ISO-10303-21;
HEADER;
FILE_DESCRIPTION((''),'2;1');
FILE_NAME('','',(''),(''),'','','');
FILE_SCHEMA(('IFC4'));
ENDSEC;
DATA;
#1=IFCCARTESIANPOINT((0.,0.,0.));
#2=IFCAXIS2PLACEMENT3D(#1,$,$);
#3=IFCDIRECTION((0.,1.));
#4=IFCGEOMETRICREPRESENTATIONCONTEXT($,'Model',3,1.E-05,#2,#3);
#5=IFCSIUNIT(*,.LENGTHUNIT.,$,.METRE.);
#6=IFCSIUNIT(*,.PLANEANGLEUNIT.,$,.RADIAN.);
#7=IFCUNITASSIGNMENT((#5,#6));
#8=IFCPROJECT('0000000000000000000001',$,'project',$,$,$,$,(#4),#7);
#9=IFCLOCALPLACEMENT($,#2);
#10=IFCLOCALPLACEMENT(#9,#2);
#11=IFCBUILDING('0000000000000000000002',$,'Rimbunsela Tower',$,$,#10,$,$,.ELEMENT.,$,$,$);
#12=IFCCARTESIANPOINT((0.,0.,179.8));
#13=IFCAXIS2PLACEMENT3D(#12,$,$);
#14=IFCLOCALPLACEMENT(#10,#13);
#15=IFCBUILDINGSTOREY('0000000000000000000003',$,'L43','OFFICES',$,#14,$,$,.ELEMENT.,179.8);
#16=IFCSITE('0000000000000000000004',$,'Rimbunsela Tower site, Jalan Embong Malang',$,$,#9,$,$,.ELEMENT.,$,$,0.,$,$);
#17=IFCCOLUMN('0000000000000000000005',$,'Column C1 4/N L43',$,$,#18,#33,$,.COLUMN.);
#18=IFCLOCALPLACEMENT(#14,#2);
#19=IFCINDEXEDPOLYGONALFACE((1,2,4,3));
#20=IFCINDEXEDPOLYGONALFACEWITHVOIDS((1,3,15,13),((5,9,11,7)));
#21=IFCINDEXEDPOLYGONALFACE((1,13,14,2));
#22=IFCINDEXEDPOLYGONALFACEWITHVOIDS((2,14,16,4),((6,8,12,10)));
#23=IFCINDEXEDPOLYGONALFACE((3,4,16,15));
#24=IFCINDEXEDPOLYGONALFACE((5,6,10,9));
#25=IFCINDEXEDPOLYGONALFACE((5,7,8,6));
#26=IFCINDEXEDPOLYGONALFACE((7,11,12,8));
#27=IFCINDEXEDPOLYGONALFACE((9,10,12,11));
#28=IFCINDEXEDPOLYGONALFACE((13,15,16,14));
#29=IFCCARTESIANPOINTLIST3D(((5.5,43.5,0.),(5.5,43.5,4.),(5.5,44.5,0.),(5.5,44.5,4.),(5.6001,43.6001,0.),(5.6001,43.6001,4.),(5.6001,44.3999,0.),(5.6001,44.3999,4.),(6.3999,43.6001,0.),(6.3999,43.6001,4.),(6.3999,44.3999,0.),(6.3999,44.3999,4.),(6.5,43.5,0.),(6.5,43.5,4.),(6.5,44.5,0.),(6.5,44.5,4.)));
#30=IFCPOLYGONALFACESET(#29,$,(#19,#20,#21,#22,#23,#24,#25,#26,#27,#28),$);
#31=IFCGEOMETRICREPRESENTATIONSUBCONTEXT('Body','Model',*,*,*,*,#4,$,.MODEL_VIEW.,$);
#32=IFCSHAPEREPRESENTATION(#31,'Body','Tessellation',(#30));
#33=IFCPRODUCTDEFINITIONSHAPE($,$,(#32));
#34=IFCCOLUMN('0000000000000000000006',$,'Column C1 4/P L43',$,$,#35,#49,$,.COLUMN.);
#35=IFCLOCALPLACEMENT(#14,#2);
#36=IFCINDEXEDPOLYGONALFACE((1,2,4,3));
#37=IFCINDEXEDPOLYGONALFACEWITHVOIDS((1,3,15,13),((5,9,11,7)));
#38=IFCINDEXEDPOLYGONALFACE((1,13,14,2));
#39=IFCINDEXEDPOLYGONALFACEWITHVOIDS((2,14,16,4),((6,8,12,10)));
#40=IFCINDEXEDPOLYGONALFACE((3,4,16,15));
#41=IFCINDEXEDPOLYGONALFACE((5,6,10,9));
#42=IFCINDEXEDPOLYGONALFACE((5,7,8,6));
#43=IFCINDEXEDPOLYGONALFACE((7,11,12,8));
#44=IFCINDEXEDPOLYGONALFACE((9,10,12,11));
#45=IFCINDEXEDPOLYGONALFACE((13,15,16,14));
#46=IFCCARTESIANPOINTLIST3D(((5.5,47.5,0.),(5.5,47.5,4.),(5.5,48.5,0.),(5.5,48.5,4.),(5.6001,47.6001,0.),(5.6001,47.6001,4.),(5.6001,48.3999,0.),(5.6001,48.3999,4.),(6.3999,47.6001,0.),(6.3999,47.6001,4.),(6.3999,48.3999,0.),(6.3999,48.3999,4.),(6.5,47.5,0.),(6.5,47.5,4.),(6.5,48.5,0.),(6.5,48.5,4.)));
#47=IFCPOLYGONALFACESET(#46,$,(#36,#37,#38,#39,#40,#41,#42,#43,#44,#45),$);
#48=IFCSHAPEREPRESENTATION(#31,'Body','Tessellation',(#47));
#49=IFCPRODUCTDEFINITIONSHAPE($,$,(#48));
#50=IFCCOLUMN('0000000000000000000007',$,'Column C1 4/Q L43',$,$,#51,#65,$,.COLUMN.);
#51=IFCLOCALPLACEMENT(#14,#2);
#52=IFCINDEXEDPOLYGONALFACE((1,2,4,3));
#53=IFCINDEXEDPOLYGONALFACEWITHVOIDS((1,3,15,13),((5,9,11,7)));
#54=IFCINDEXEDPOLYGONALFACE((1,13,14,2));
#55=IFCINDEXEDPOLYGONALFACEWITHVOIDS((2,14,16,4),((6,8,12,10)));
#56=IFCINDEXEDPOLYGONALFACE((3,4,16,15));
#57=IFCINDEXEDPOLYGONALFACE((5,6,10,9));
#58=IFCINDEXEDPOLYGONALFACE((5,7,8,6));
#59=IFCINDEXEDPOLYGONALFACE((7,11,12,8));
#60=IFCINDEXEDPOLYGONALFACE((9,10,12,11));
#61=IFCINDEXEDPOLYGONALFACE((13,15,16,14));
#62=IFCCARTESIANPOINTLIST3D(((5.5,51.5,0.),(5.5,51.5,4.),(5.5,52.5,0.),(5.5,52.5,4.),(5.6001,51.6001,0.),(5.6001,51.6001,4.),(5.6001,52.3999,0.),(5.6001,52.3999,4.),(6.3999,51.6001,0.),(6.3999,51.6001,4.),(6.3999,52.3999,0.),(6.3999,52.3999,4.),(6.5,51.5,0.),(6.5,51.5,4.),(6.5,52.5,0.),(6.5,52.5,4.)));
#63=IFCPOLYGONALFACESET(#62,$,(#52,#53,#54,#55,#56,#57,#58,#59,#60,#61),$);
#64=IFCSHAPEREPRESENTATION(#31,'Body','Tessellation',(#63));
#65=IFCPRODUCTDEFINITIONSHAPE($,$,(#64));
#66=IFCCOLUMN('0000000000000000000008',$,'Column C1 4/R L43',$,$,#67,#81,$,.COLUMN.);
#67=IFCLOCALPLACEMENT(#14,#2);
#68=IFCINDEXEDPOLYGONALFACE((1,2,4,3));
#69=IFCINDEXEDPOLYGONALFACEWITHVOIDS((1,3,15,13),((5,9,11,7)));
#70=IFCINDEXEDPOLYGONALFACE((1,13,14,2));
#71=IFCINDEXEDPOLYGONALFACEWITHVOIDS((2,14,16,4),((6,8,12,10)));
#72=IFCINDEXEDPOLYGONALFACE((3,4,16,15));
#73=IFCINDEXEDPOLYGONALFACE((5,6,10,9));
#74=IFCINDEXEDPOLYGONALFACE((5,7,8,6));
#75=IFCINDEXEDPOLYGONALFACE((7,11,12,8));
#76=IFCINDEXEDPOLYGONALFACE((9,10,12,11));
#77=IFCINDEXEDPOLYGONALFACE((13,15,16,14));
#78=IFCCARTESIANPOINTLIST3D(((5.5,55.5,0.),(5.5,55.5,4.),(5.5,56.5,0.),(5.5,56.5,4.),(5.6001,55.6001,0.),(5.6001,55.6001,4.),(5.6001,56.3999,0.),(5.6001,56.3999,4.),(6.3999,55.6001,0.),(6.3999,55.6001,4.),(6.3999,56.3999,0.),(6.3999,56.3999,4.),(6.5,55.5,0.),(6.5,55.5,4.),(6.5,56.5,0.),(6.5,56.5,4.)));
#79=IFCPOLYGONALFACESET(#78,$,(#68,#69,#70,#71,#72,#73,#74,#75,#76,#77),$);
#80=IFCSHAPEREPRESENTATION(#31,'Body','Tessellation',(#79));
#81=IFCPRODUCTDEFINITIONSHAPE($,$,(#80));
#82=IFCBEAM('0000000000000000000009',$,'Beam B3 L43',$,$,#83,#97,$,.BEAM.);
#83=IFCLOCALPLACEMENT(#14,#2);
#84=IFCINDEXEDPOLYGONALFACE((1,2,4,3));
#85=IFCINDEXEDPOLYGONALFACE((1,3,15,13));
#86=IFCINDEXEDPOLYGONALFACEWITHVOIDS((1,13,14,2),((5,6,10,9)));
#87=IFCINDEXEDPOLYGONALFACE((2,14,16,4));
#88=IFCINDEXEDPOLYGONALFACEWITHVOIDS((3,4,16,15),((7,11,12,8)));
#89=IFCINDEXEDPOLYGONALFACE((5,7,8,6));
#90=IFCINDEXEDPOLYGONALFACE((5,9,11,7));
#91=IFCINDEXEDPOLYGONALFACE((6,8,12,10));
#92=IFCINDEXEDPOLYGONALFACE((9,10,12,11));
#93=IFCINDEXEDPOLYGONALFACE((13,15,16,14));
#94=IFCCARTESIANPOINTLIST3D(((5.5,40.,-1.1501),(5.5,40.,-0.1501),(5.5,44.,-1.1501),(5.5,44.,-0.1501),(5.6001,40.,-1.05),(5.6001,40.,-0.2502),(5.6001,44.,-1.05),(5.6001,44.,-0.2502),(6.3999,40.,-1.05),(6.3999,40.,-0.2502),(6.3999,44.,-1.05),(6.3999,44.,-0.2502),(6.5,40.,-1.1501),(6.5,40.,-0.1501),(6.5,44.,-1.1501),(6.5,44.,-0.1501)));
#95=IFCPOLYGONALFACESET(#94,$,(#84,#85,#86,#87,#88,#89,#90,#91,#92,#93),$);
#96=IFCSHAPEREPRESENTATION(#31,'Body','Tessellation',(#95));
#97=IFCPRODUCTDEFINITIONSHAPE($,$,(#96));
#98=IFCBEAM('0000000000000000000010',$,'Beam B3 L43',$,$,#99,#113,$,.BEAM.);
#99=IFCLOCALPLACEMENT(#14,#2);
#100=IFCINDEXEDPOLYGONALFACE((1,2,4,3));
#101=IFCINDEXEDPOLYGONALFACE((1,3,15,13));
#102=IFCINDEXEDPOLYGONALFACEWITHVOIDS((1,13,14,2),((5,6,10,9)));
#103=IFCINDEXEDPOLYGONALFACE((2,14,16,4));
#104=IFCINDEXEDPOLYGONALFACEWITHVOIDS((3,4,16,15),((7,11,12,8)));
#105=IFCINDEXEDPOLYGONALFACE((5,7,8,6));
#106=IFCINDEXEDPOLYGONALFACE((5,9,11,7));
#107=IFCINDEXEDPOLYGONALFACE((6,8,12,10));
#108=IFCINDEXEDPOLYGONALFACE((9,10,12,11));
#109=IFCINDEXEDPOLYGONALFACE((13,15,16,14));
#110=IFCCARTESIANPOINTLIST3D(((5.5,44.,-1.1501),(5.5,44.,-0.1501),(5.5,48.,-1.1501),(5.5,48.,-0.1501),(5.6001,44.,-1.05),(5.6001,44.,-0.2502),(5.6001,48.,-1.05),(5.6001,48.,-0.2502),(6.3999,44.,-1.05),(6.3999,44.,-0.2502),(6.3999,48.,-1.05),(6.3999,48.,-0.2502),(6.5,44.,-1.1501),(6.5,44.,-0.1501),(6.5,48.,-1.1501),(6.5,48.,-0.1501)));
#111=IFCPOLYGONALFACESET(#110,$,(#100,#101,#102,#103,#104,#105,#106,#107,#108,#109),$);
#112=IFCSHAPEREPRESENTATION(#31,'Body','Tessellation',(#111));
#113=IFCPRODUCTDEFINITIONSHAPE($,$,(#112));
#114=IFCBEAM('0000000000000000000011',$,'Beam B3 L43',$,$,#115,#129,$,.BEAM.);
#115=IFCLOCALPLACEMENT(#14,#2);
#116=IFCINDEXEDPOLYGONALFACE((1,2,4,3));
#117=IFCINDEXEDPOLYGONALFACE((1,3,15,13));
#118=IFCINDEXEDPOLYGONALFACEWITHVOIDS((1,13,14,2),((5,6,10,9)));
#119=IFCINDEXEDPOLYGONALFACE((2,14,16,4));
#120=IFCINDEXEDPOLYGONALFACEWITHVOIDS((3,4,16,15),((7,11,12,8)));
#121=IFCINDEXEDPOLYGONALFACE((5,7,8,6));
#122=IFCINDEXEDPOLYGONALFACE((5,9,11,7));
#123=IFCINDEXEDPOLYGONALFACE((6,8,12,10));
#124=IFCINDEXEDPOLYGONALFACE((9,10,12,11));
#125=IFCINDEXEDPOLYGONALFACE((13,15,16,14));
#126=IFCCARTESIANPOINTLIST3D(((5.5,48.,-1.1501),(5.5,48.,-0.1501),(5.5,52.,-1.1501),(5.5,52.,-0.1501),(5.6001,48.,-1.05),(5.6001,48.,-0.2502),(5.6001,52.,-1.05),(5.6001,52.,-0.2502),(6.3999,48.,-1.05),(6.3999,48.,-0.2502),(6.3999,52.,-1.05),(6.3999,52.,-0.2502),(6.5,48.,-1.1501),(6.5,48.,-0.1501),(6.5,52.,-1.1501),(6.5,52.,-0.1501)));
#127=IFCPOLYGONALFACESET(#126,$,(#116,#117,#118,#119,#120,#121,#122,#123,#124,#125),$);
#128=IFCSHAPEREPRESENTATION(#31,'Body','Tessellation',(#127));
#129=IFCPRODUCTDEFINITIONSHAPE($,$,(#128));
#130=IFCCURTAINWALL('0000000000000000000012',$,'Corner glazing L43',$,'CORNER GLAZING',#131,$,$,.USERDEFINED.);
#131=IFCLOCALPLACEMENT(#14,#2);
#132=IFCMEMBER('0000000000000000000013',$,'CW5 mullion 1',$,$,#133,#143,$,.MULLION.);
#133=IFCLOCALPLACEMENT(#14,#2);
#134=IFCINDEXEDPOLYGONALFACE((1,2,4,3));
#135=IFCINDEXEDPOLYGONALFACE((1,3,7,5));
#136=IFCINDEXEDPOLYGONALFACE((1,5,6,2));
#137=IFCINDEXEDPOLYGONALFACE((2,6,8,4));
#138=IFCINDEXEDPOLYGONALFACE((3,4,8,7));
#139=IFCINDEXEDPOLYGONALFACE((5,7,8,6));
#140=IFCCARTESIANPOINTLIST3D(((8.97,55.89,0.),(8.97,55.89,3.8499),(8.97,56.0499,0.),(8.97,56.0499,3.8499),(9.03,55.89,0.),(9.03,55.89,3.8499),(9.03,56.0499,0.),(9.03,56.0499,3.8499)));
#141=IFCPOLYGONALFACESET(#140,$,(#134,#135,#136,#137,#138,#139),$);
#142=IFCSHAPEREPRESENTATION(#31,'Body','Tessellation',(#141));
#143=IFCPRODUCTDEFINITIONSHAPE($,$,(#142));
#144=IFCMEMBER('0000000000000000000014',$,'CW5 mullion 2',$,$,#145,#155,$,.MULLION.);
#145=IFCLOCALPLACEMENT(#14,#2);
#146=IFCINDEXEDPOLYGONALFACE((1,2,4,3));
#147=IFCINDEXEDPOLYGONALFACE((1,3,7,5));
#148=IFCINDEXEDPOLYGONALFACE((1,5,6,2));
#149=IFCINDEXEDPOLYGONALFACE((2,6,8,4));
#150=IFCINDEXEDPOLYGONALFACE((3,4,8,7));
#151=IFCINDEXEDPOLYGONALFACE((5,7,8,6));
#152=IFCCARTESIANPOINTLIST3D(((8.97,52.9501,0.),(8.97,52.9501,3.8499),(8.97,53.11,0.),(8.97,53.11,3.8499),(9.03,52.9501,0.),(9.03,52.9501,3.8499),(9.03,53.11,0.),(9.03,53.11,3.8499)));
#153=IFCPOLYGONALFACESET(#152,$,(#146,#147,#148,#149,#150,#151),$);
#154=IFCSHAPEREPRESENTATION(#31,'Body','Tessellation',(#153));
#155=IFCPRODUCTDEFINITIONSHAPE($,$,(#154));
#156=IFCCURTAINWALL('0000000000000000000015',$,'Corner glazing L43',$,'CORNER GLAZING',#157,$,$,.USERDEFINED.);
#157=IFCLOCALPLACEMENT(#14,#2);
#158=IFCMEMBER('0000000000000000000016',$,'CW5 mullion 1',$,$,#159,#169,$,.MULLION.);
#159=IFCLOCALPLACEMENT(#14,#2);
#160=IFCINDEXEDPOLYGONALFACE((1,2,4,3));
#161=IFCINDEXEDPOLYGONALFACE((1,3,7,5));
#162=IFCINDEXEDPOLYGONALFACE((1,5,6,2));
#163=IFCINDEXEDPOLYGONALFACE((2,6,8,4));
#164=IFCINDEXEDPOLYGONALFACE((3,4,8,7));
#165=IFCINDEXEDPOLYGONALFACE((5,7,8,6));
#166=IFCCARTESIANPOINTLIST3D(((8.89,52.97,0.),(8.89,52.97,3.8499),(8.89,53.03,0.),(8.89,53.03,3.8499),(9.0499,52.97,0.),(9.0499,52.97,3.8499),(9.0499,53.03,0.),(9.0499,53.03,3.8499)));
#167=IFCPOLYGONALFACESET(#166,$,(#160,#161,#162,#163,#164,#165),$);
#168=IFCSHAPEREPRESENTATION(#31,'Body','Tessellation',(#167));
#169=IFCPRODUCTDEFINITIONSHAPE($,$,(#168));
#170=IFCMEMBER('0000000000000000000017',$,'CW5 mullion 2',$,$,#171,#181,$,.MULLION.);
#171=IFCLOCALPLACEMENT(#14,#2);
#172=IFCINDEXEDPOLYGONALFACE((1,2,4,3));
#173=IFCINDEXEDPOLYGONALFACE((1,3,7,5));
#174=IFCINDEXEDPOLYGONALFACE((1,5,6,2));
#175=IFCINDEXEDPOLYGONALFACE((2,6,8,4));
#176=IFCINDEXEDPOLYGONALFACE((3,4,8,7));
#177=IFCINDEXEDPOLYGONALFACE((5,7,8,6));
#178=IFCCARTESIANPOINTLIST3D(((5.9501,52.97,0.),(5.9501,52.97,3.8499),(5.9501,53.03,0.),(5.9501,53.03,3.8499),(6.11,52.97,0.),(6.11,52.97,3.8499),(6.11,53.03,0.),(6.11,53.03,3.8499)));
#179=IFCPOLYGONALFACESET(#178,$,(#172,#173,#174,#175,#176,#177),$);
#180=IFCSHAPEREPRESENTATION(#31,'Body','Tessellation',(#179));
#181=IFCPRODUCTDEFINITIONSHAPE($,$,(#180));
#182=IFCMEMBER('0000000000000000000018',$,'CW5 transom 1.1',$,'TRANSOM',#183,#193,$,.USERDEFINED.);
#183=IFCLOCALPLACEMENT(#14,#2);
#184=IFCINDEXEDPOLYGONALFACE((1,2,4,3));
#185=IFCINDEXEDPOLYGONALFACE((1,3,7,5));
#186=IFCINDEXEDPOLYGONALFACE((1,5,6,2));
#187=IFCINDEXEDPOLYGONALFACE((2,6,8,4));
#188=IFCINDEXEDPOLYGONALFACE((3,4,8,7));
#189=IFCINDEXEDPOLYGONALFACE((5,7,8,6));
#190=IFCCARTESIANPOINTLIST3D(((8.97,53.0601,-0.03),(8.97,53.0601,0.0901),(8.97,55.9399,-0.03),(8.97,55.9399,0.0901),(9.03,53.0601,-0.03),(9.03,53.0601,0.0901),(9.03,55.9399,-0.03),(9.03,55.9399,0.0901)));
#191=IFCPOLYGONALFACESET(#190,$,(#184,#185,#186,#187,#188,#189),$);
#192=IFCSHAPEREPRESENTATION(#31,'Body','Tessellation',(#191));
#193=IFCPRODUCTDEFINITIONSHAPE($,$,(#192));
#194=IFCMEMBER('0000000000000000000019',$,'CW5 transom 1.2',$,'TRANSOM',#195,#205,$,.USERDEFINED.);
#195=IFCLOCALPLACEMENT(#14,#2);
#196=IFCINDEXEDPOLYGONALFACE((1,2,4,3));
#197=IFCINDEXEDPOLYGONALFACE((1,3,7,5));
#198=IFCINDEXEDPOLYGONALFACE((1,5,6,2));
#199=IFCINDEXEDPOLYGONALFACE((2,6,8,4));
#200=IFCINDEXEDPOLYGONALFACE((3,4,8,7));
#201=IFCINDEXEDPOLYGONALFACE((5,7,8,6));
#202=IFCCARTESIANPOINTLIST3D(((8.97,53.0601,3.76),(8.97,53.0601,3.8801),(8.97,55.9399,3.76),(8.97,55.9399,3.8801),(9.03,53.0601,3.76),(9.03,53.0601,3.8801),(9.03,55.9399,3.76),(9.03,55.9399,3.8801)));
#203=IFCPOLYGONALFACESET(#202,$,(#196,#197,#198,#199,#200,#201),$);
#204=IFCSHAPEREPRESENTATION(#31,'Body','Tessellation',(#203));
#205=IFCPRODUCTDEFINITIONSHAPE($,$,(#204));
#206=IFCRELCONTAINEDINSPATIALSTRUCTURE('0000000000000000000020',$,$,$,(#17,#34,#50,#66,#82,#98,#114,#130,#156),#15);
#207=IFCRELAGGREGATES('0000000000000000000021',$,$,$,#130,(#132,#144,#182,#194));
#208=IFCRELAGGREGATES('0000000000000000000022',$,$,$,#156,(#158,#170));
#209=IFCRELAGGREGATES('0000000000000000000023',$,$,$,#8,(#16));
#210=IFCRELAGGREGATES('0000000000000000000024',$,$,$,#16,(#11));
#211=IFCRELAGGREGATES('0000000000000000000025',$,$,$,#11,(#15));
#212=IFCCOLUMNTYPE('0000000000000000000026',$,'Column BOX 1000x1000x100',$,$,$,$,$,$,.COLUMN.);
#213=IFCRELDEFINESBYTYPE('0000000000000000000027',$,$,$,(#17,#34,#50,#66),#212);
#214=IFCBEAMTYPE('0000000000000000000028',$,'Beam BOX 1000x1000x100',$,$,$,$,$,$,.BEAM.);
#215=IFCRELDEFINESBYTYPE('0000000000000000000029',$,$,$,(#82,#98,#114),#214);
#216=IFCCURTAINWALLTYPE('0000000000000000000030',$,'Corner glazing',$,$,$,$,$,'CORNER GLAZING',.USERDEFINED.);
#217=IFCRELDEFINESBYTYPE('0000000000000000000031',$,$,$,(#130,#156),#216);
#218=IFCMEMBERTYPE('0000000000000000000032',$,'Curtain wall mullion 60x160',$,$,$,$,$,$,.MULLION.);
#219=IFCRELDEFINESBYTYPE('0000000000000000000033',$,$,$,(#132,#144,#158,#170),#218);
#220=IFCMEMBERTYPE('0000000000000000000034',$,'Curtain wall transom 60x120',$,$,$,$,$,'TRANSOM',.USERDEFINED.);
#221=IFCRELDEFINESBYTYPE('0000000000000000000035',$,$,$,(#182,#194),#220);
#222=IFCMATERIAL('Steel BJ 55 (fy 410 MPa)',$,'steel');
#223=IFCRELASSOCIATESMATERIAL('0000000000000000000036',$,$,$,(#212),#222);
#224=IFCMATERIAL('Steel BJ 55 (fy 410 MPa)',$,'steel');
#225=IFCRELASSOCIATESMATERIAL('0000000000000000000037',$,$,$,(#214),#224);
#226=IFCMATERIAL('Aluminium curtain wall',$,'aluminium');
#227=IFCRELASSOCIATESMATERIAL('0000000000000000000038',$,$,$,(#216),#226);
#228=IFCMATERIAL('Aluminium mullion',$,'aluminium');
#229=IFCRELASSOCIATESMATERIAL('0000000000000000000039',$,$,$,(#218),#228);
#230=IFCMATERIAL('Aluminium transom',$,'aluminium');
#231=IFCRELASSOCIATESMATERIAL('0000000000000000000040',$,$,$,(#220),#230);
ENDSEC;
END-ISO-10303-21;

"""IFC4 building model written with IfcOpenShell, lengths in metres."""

from ifc_helpers import new_model, si_unit, direction, frame, origin, origin_2d, place, context, subcontext, project, spatial, rectangle, hollow_rectangle, extrude, material, material_profile, profile_set, type_object, element, aggregate, save


model = new_model("IFC4")

# Units and contexts
model_context = context("Model", 3, precision=1e-05, world=origin(), true_north=direction((0.0, 1.0)))
body_context = subcontext(model_context, "Body", "Model", "MODEL_VIEW")
ifc_project = project(units=[si_unit("LENGTHUNIT", "METRE"), si_unit("PLANEANGLEUNIT", "RADIAN")], contexts=[model_context])

# Site, building, storey
site_placement = place(None, origin())
site = spatial("IfcSite", under=ifc_project, at=site_placement, Name="Rimbunsela Tower site, Jalan Embong Malang", CompositionType="ELEMENT", RefElevation=0.0)
building_placement = place(site_placement, origin())
building = spatial("IfcBuilding", under=site, at=building_placement, Name="Rimbunsela Tower", CompositionType="ELEMENT")
storey_placement = place(building_placement, frame((0.0, 0.0, 179.8)))
storey = spatial("IfcBuildingStorey", under=building, at=storey_placement, Name="L43", Description="OFFICES", CompositionType="ELEMENT", Elevation=179.8)

# Columns
ifc_material_1 = material(Name="Steel BJ 55 (fy 410 MPa)", Category="steel")
ifc_material_profile_1 = material_profile(ifc_material_1, hollow_rectangle(XDim=1.0, YDim=1.0, WallThickness=0.1001, at=origin_2d()), Name="BOX 1000x1000x100")
ifc_profile_set_1 = profile_set([ifc_material_profile_1], Name="Steel BJ 55 (fy 410 MPa)")
column_type = type_object("IfcColumnType", Name="Column BOX 1000x1000x100", PredefinedType="COLUMN", material=ifc_profile_set_1)
for number, where, z_axis, x_axis, name in (
    (1, (6.0, 44.0, 0.0), (0.0, 0.0, 1.0), (1.0, 0.0, 0.0), "Column C1 4/N L43"),
    (2, (6.0, 48.0, 0.0), (0.0, 0.0, 1.0), (1.0, 0.0, 0.0), "Column C1 4/P L43"),
    (3, (6.0, 52.0, 0.0), (0.0, 0.0, 1.0), (1.0, 0.0, 0.0), "Column C1 4/Q L43"),
    (4, (6.0, 56.0, 0.0), (0.0, 0.0, 1.0), (1.0, 0.0, 0.0), "Column C1 4/R L43"),
):
    element("IfcColumn", number, at=place(storey_placement, frame(where, z_axis=z_axis, x_axis=x_axis)), inside=storey, type_object=column_type, Name=name, PredefinedType="COLUMN", context=body_context, shape_type="SweptSolid", body=[
        extrude(hollow_rectangle(XDim=1.0, YDim=1.0, WallThickness=0.1001, at=origin_2d()), origin(), (0.0, 0.0, 1.0), 4.0),
    ])

# Beams
ifc_material_2 = material(Name="Steel BJ 55 (fy 410 MPa)", Category="steel")
ifc_material_profile_2 = material_profile(ifc_material_2, hollow_rectangle(XDim=1.0, YDim=1.0, WallThickness=0.1001, at=origin_2d()), Name="BOX 1000x1000x100")
ifc_profile_set_2 = profile_set([ifc_material_profile_2], Name="Steel BJ 55 (fy 410 MPa)")
beam_type = type_object("IfcBeamType", Name="Beam BOX 1000x1000x100", PredefinedType="BEAM", material=ifc_profile_set_2)
for number, where, z_axis, x_axis, name in (
    (5, (6.0, 40.0, -0.6501), (0.0, 1.0, 0.0), (-1.0, 0.0, 0.0), "Beam B3 L43"),
    (6, (6.0, 44.0, -0.6501), (0.0, 1.0, 0.0), (-1.0, 0.0, 0.0), "Beam B3 L43"),
    (7, (6.0, 48.0, -0.6501), (0.0, 1.0, 0.0), (-1.0, 0.0, 0.0), "Beam B3 L43"),
):
    element("IfcBeam", number, at=place(storey_placement, frame(where, z_axis=z_axis, x_axis=x_axis)), inside=storey, type_object=beam_type, Name=name, PredefinedType="BEAM", context=body_context, shape_type="SweptSolid", body=[
        extrude(hollow_rectangle(XDim=1.0, YDim=1.0, WallThickness=0.1001, at=origin_2d()), origin(), (0.0, 0.0, 1.0), 4.0),
    ])

# Curtain walls, members
ifc_material_3 = material(Name="Aluminium curtain wall", Category="aluminium")
curtain_wall_type = type_object("IfcCurtainWallType", Name="Corner glazing", ElementType="CORNER GLAZING", PredefinedType="USERDEFINED", material=ifc_material_3)
curtain_wall_1_placement = place(storey_placement, origin())
curtain_wall_1 = element("IfcCurtainWall", 8, at=curtain_wall_1_placement, inside=storey, type_object=curtain_wall_type, Name="Corner glazing L43", ObjectType="CORNER GLAZING", PredefinedType="USERDEFINED")
ifc_material_4 = material(Name="Aluminium mullion", Category="aluminium")
ifc_material_profile_3 = material_profile(ifc_material_4, rectangle(XDim=0.0601, YDim=0.1599, at=origin_2d()), Name="Mullion 60x160")
ifc_profile_set_3 = profile_set([ifc_material_profile_3], Name="Aluminium mullion")
member_type_1 = type_object("IfcMemberType", Name="Curtain wall mullion 60x160", PredefinedType="MULLION", material=ifc_profile_set_3)
member_1_placement = place(storey_placement, frame((9.0, 55.97, 0.0), z_axis=(0.0, 0.0, 1.0), x_axis=(1.0, 0.0, 0.0)))
member_1 = element("IfcMember", 9, at=member_1_placement, type_object=member_type_1, Name="CW5 mullion 1", PredefinedType="MULLION", context=body_context, shape_type="SweptSolid", body=[
    extrude(rectangle(XDim=0.0601, YDim=0.1599, at=origin_2d()), origin(), (0.0, 0.0, 1.0), 3.8499),
])
member_2_placement = place(storey_placement, frame((9.0, 53.03, 0.0), z_axis=(0.0, 0.0, 1.0), x_axis=(1.0, 0.0, 0.0)))
member_2 = element("IfcMember", 10, at=member_2_placement, type_object=member_type_1, Name="CW5 mullion 2", PredefinedType="MULLION", context=body_context, shape_type="SweptSolid", body=[
    extrude(rectangle(XDim=0.0601, YDim=0.1599, at=origin_2d()), origin(), (0.0, 0.0, 1.0), 3.8499),
])
curtain_wall_2_placement = place(storey_placement, origin())
curtain_wall_2 = element("IfcCurtainWall", 11, at=curtain_wall_2_placement, inside=storey, type_object=curtain_wall_type, Name="Corner glazing L43", ObjectType="CORNER GLAZING", PredefinedType="USERDEFINED")
member_3_placement = place(storey_placement, frame((8.97, 53.0, 0.0), z_axis=(0.0, 0.0, 1.0), x_axis=(0.0, -1.0, 0.0)))
member_3 = element("IfcMember", 12, at=member_3_placement, type_object=member_type_1, Name="CW5 mullion 1", PredefinedType="MULLION", context=body_context, shape_type="SweptSolid", body=[
    extrude(rectangle(XDim=0.0601, YDim=0.1599, at=origin_2d()), origin(), (0.0, 0.0, 1.0), 3.8499),
])
member_4_placement = place(storey_placement, frame((6.03, 53.0, 0.0), z_axis=(0.0, 0.0, 1.0), x_axis=(0.0, -1.0, 0.0)))
member_4 = element("IfcMember", 13, at=member_4_placement, type_object=member_type_1, Name="CW5 mullion 2", PredefinedType="MULLION", context=body_context, shape_type="SweptSolid", body=[
    extrude(rectangle(XDim=0.0601, YDim=0.1599, at=origin_2d()), origin(), (0.0, 0.0, 1.0), 3.8499),
])

# Members
ifc_material_5 = material(Name="Aluminium transom", Category="aluminium")
ifc_material_profile_4 = material_profile(ifc_material_5, rectangle(XDim=0.0601, YDim=0.1201, at=origin_2d()), Name="Transom 60x120")
ifc_profile_set_4 = profile_set([ifc_material_profile_4], Name="Aluminium transom")
member_type_2 = type_object("IfcMemberType", Name="Curtain wall transom 60x120", ElementType="TRANSOM", PredefinedType="USERDEFINED", material=ifc_profile_set_4)
member_5_placement = place(storey_placement, frame((9.0, 55.9399, 0.03), z_axis=(0.0, -1.0, 0.0), x_axis=(1.0, 0.0, 0.0)))
member_5 = element("IfcMember", 14, at=member_5_placement, type_object=member_type_2, Name="CW5 transom 1.1", ObjectType="TRANSOM", PredefinedType="USERDEFINED", context=body_context, shape_type="SweptSolid", body=[
    extrude(rectangle(XDim=0.0601, YDim=0.1201, at=origin_2d()), origin(), (0.0, 0.0, 1.0), 2.8799),
])
member_6_placement = place(storey_placement, frame((9.0, 55.9399, 3.8201), z_axis=(0.0, -1.0, 0.0), x_axis=(1.0, 0.0, 0.0)))
member_6 = element("IfcMember", 15, at=member_6_placement, type_object=member_type_2, Name="CW5 transom 1.2", ObjectType="TRANSOM", PredefinedType="USERDEFINED", context=body_context, shape_type="SweptSolid", body=[
    extrude(rectangle(XDim=0.0601, YDim=0.1201, at=origin_2d()), origin(), (0.0, 0.0, 1.0), 2.8799),
])

aggregate(curtain_wall_1, [member_1, member_2, member_5, member_6])
aggregate(curtain_wall_2, [member_3, member_4])

save(model, "model.ifc")
